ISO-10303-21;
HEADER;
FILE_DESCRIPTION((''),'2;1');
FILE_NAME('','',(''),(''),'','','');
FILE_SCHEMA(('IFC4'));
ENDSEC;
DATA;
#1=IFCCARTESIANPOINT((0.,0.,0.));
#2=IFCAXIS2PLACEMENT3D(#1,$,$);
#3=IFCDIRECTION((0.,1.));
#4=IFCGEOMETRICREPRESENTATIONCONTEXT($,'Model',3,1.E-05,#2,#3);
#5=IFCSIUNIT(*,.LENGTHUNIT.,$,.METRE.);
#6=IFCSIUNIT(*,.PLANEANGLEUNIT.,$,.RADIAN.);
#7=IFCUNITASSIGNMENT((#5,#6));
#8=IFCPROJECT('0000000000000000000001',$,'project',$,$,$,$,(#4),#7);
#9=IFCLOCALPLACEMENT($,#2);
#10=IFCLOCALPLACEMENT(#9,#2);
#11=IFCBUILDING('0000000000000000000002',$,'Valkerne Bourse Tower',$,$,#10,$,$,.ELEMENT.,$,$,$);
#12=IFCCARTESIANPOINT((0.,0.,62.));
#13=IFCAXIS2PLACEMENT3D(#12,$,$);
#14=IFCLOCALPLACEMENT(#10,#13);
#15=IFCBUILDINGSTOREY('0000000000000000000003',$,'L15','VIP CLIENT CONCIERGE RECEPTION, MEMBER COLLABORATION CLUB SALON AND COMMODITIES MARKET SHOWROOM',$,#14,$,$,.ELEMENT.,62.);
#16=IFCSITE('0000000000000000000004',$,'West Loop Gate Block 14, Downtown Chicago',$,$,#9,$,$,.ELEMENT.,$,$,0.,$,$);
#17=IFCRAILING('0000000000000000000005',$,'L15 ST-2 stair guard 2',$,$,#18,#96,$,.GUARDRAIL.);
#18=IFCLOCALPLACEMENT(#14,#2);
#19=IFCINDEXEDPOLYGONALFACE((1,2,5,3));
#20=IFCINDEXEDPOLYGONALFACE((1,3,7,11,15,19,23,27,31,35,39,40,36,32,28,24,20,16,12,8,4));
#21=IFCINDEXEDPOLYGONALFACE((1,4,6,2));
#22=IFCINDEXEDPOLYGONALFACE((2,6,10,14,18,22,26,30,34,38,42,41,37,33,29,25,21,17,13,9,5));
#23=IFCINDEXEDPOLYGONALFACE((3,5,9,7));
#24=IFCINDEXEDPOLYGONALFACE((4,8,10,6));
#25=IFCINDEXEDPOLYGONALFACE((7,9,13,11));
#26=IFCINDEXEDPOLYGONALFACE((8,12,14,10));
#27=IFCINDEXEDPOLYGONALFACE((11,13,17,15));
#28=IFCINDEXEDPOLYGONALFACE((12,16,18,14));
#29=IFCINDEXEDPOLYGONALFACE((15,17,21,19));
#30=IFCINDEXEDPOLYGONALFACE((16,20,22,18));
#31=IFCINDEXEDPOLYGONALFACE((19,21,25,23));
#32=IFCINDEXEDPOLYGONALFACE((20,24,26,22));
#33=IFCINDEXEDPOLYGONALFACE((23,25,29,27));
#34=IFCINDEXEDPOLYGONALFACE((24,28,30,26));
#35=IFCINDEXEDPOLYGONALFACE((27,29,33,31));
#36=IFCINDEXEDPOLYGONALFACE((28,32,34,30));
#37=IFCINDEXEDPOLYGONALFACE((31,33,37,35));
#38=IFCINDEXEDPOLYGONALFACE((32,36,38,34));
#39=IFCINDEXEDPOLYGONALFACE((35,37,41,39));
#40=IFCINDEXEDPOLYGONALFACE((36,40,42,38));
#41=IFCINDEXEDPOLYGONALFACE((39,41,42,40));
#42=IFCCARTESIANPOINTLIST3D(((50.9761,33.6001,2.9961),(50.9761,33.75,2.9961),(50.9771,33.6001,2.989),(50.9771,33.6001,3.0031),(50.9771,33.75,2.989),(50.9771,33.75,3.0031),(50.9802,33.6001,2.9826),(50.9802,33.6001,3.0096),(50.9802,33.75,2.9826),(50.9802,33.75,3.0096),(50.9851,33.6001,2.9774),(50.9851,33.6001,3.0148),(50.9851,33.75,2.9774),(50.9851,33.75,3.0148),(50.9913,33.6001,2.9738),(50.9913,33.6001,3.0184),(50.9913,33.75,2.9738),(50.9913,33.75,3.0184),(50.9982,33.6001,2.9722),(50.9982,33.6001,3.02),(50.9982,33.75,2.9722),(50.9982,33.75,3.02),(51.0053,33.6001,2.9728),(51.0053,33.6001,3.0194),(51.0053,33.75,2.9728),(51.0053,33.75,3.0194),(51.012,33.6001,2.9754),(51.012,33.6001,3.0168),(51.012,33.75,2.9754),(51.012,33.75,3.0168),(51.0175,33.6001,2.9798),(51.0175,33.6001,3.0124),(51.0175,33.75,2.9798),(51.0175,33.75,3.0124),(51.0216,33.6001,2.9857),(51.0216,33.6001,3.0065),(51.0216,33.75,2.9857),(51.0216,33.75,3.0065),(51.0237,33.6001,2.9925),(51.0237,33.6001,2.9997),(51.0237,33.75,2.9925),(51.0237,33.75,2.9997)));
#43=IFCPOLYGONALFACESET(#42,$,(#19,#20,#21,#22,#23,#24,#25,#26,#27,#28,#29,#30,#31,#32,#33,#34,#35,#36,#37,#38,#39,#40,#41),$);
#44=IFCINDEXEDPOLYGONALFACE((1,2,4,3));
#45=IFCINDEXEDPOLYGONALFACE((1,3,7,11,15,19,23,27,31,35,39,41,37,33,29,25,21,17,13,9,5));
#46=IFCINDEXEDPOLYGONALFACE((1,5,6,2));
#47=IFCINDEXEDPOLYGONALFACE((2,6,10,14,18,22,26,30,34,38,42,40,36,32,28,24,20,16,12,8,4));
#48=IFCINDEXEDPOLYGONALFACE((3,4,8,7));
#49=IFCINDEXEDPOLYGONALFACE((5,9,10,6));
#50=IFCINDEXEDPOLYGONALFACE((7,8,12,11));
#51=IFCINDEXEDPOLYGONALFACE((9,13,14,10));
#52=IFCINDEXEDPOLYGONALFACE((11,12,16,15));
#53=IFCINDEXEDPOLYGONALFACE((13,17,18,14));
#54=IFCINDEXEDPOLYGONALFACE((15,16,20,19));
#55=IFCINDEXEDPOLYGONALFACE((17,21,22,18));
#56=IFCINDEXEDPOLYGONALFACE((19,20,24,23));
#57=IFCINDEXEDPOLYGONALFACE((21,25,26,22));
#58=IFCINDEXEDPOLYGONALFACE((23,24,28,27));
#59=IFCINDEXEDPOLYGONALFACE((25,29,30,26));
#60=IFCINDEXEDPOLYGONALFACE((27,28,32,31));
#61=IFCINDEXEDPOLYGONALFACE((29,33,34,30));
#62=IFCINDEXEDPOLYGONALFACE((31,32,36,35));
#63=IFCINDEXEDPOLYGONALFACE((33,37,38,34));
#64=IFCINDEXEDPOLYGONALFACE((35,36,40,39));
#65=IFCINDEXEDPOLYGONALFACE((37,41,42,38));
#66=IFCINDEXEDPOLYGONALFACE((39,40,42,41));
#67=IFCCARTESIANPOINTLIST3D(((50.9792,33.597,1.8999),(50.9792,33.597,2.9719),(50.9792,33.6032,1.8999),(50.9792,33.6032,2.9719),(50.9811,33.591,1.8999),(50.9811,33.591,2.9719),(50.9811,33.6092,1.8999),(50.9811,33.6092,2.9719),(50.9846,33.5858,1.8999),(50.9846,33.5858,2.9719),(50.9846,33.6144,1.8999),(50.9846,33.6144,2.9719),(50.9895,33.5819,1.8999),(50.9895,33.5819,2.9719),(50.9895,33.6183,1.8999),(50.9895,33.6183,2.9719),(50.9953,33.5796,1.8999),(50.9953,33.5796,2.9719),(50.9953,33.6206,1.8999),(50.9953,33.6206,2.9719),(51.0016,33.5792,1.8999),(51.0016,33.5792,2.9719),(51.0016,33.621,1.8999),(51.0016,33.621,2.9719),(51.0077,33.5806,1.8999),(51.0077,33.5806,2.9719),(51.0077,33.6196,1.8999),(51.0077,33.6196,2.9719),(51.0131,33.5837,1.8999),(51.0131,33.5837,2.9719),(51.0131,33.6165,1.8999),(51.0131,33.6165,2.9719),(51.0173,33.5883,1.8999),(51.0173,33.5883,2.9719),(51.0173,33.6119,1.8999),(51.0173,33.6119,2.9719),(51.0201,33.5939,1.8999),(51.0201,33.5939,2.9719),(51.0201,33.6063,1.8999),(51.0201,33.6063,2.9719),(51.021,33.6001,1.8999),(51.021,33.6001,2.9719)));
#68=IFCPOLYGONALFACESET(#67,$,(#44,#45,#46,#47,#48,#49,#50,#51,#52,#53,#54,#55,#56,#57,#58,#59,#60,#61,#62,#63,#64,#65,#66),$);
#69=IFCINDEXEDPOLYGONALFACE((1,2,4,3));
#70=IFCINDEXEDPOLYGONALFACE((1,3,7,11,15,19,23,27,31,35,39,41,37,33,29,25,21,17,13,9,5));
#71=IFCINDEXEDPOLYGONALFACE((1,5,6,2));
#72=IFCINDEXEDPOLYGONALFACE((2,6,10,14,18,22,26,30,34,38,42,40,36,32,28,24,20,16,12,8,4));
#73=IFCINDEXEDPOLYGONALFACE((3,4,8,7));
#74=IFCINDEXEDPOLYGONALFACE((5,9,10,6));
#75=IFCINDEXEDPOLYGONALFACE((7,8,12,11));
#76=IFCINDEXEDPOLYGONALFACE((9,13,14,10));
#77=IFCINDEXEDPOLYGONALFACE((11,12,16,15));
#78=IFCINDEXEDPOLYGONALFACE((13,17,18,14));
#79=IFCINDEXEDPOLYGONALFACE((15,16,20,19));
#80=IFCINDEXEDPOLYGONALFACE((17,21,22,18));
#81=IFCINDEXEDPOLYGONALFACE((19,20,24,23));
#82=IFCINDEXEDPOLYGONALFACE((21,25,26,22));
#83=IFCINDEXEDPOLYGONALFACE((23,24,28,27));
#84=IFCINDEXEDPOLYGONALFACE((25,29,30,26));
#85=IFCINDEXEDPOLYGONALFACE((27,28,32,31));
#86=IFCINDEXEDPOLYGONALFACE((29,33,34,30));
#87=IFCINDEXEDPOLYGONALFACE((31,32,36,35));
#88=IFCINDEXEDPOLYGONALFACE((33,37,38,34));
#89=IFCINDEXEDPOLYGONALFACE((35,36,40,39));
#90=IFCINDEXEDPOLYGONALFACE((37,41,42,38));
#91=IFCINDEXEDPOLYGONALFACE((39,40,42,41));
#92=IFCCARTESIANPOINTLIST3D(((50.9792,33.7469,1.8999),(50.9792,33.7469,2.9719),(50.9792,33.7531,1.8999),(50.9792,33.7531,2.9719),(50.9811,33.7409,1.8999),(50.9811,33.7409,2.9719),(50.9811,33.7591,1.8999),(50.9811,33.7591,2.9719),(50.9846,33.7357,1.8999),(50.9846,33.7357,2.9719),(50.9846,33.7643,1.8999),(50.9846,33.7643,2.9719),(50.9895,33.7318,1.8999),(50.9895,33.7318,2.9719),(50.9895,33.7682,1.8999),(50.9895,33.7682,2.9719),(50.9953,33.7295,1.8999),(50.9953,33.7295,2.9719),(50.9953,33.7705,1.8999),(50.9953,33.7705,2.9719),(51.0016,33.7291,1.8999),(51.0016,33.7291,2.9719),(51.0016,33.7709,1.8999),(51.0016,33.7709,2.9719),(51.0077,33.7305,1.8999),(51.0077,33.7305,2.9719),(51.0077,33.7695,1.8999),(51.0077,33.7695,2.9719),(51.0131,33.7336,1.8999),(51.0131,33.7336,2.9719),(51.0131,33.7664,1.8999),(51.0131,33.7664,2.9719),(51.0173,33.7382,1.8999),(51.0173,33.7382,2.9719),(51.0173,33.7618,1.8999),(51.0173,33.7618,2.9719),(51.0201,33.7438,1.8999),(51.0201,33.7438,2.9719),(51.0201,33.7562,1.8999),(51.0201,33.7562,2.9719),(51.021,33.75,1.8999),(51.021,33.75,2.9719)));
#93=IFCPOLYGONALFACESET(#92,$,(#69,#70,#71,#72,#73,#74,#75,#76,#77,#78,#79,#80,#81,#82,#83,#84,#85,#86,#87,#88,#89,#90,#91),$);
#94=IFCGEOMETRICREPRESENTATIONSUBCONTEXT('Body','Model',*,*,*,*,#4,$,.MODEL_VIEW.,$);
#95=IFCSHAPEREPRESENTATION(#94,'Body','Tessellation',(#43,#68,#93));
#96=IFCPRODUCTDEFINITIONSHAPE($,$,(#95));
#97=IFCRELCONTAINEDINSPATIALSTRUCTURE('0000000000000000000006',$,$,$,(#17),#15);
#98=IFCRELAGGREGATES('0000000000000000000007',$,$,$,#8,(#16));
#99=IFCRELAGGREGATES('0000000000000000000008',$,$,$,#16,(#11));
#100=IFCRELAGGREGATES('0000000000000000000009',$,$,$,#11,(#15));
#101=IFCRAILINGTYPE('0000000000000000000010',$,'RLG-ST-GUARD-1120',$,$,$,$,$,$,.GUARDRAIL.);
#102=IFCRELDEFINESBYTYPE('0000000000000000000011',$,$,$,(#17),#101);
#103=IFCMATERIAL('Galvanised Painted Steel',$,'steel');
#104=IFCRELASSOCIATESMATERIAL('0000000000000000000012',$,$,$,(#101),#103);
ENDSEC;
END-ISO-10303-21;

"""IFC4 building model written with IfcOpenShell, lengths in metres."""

from ifc_helpers import new_model, si_unit, direction, frame, origin, origin_2d, place, context, subcontext, project, spatial, circle, extrude, material, type_object, element, save


model = new_model("IFC4")

# Units and contexts
model_context = context("Model", 3, precision=1e-05, world=origin(), true_north=direction((0.0, 1.0)))
body_context = subcontext(model_context, "Body", "Model", "MODEL_VIEW")
ifc_project = project(units=[si_unit("LENGTHUNIT", "METRE"), si_unit("PLANEANGLEUNIT", "RADIAN")], contexts=[model_context])

# Site, building, storey
site_placement = place(None, origin())
site = spatial("IfcSite", under=ifc_project, at=site_placement, Name="West Loop Gate Block 14, Downtown Chicago", CompositionType="ELEMENT", RefElevation=0.0)
building_placement = place(site_placement, origin())
building = spatial("IfcBuilding", under=site, at=building_placement, Name="Valkerne Bourse Tower", CompositionType="ELEMENT")
storey_placement = place(building_placement, frame((0.0, 0.0, 62.0)))
storey = spatial("IfcBuildingStorey", under=building, at=storey_placement, Name="L15", Description="VIP CLIENT CONCIERGE RECEPTION, MEMBER COLLABORATION CLUB SALON AND COMMODITIES MARKET SHOWROOM", CompositionType="ELEMENT", Elevation=62.0)

# Railing
ifc_material_1 = material(Name="Galvanised Painted Steel", Category="steel")
railing_type_1 = type_object("IfcRailingType", Name="RLG-ST-GUARD-1120", PredefinedType="GUARDRAIL", material=ifc_material_1)
railing_1_placement = place(storey_placement, frame((51.0, 33.6001, 1.8999)))
element("IfcRailing", 1, at=railing_1_placement, inside=storey, type_object=railing_type_1, Name="L15 ST-2 stair guard 2", PredefinedType="GUARDRAIL", context=body_context, shape_type="SweptSolid", body=[
    extrude(circle(Radius=0.0239, at=origin_2d()), frame((0.0, 0.0, 1.0962), z_axis=(0.0, 1.0, 0.0), x_axis=(-1.0, 0.0, 0.0)), (0.0, 0.0, 1.0), 0.1499),
    extrude(circle(Radius=0.021, at=origin_2d()), origin(), (0.0, 0.0, 1.0), 1.072),
    extrude(circle(Radius=0.021, at=origin_2d()), frame((0.0, 0.1499, 0.0)), (0.0, 0.0, 1.0), 1.072),
])

save(model, "model.ifc")
